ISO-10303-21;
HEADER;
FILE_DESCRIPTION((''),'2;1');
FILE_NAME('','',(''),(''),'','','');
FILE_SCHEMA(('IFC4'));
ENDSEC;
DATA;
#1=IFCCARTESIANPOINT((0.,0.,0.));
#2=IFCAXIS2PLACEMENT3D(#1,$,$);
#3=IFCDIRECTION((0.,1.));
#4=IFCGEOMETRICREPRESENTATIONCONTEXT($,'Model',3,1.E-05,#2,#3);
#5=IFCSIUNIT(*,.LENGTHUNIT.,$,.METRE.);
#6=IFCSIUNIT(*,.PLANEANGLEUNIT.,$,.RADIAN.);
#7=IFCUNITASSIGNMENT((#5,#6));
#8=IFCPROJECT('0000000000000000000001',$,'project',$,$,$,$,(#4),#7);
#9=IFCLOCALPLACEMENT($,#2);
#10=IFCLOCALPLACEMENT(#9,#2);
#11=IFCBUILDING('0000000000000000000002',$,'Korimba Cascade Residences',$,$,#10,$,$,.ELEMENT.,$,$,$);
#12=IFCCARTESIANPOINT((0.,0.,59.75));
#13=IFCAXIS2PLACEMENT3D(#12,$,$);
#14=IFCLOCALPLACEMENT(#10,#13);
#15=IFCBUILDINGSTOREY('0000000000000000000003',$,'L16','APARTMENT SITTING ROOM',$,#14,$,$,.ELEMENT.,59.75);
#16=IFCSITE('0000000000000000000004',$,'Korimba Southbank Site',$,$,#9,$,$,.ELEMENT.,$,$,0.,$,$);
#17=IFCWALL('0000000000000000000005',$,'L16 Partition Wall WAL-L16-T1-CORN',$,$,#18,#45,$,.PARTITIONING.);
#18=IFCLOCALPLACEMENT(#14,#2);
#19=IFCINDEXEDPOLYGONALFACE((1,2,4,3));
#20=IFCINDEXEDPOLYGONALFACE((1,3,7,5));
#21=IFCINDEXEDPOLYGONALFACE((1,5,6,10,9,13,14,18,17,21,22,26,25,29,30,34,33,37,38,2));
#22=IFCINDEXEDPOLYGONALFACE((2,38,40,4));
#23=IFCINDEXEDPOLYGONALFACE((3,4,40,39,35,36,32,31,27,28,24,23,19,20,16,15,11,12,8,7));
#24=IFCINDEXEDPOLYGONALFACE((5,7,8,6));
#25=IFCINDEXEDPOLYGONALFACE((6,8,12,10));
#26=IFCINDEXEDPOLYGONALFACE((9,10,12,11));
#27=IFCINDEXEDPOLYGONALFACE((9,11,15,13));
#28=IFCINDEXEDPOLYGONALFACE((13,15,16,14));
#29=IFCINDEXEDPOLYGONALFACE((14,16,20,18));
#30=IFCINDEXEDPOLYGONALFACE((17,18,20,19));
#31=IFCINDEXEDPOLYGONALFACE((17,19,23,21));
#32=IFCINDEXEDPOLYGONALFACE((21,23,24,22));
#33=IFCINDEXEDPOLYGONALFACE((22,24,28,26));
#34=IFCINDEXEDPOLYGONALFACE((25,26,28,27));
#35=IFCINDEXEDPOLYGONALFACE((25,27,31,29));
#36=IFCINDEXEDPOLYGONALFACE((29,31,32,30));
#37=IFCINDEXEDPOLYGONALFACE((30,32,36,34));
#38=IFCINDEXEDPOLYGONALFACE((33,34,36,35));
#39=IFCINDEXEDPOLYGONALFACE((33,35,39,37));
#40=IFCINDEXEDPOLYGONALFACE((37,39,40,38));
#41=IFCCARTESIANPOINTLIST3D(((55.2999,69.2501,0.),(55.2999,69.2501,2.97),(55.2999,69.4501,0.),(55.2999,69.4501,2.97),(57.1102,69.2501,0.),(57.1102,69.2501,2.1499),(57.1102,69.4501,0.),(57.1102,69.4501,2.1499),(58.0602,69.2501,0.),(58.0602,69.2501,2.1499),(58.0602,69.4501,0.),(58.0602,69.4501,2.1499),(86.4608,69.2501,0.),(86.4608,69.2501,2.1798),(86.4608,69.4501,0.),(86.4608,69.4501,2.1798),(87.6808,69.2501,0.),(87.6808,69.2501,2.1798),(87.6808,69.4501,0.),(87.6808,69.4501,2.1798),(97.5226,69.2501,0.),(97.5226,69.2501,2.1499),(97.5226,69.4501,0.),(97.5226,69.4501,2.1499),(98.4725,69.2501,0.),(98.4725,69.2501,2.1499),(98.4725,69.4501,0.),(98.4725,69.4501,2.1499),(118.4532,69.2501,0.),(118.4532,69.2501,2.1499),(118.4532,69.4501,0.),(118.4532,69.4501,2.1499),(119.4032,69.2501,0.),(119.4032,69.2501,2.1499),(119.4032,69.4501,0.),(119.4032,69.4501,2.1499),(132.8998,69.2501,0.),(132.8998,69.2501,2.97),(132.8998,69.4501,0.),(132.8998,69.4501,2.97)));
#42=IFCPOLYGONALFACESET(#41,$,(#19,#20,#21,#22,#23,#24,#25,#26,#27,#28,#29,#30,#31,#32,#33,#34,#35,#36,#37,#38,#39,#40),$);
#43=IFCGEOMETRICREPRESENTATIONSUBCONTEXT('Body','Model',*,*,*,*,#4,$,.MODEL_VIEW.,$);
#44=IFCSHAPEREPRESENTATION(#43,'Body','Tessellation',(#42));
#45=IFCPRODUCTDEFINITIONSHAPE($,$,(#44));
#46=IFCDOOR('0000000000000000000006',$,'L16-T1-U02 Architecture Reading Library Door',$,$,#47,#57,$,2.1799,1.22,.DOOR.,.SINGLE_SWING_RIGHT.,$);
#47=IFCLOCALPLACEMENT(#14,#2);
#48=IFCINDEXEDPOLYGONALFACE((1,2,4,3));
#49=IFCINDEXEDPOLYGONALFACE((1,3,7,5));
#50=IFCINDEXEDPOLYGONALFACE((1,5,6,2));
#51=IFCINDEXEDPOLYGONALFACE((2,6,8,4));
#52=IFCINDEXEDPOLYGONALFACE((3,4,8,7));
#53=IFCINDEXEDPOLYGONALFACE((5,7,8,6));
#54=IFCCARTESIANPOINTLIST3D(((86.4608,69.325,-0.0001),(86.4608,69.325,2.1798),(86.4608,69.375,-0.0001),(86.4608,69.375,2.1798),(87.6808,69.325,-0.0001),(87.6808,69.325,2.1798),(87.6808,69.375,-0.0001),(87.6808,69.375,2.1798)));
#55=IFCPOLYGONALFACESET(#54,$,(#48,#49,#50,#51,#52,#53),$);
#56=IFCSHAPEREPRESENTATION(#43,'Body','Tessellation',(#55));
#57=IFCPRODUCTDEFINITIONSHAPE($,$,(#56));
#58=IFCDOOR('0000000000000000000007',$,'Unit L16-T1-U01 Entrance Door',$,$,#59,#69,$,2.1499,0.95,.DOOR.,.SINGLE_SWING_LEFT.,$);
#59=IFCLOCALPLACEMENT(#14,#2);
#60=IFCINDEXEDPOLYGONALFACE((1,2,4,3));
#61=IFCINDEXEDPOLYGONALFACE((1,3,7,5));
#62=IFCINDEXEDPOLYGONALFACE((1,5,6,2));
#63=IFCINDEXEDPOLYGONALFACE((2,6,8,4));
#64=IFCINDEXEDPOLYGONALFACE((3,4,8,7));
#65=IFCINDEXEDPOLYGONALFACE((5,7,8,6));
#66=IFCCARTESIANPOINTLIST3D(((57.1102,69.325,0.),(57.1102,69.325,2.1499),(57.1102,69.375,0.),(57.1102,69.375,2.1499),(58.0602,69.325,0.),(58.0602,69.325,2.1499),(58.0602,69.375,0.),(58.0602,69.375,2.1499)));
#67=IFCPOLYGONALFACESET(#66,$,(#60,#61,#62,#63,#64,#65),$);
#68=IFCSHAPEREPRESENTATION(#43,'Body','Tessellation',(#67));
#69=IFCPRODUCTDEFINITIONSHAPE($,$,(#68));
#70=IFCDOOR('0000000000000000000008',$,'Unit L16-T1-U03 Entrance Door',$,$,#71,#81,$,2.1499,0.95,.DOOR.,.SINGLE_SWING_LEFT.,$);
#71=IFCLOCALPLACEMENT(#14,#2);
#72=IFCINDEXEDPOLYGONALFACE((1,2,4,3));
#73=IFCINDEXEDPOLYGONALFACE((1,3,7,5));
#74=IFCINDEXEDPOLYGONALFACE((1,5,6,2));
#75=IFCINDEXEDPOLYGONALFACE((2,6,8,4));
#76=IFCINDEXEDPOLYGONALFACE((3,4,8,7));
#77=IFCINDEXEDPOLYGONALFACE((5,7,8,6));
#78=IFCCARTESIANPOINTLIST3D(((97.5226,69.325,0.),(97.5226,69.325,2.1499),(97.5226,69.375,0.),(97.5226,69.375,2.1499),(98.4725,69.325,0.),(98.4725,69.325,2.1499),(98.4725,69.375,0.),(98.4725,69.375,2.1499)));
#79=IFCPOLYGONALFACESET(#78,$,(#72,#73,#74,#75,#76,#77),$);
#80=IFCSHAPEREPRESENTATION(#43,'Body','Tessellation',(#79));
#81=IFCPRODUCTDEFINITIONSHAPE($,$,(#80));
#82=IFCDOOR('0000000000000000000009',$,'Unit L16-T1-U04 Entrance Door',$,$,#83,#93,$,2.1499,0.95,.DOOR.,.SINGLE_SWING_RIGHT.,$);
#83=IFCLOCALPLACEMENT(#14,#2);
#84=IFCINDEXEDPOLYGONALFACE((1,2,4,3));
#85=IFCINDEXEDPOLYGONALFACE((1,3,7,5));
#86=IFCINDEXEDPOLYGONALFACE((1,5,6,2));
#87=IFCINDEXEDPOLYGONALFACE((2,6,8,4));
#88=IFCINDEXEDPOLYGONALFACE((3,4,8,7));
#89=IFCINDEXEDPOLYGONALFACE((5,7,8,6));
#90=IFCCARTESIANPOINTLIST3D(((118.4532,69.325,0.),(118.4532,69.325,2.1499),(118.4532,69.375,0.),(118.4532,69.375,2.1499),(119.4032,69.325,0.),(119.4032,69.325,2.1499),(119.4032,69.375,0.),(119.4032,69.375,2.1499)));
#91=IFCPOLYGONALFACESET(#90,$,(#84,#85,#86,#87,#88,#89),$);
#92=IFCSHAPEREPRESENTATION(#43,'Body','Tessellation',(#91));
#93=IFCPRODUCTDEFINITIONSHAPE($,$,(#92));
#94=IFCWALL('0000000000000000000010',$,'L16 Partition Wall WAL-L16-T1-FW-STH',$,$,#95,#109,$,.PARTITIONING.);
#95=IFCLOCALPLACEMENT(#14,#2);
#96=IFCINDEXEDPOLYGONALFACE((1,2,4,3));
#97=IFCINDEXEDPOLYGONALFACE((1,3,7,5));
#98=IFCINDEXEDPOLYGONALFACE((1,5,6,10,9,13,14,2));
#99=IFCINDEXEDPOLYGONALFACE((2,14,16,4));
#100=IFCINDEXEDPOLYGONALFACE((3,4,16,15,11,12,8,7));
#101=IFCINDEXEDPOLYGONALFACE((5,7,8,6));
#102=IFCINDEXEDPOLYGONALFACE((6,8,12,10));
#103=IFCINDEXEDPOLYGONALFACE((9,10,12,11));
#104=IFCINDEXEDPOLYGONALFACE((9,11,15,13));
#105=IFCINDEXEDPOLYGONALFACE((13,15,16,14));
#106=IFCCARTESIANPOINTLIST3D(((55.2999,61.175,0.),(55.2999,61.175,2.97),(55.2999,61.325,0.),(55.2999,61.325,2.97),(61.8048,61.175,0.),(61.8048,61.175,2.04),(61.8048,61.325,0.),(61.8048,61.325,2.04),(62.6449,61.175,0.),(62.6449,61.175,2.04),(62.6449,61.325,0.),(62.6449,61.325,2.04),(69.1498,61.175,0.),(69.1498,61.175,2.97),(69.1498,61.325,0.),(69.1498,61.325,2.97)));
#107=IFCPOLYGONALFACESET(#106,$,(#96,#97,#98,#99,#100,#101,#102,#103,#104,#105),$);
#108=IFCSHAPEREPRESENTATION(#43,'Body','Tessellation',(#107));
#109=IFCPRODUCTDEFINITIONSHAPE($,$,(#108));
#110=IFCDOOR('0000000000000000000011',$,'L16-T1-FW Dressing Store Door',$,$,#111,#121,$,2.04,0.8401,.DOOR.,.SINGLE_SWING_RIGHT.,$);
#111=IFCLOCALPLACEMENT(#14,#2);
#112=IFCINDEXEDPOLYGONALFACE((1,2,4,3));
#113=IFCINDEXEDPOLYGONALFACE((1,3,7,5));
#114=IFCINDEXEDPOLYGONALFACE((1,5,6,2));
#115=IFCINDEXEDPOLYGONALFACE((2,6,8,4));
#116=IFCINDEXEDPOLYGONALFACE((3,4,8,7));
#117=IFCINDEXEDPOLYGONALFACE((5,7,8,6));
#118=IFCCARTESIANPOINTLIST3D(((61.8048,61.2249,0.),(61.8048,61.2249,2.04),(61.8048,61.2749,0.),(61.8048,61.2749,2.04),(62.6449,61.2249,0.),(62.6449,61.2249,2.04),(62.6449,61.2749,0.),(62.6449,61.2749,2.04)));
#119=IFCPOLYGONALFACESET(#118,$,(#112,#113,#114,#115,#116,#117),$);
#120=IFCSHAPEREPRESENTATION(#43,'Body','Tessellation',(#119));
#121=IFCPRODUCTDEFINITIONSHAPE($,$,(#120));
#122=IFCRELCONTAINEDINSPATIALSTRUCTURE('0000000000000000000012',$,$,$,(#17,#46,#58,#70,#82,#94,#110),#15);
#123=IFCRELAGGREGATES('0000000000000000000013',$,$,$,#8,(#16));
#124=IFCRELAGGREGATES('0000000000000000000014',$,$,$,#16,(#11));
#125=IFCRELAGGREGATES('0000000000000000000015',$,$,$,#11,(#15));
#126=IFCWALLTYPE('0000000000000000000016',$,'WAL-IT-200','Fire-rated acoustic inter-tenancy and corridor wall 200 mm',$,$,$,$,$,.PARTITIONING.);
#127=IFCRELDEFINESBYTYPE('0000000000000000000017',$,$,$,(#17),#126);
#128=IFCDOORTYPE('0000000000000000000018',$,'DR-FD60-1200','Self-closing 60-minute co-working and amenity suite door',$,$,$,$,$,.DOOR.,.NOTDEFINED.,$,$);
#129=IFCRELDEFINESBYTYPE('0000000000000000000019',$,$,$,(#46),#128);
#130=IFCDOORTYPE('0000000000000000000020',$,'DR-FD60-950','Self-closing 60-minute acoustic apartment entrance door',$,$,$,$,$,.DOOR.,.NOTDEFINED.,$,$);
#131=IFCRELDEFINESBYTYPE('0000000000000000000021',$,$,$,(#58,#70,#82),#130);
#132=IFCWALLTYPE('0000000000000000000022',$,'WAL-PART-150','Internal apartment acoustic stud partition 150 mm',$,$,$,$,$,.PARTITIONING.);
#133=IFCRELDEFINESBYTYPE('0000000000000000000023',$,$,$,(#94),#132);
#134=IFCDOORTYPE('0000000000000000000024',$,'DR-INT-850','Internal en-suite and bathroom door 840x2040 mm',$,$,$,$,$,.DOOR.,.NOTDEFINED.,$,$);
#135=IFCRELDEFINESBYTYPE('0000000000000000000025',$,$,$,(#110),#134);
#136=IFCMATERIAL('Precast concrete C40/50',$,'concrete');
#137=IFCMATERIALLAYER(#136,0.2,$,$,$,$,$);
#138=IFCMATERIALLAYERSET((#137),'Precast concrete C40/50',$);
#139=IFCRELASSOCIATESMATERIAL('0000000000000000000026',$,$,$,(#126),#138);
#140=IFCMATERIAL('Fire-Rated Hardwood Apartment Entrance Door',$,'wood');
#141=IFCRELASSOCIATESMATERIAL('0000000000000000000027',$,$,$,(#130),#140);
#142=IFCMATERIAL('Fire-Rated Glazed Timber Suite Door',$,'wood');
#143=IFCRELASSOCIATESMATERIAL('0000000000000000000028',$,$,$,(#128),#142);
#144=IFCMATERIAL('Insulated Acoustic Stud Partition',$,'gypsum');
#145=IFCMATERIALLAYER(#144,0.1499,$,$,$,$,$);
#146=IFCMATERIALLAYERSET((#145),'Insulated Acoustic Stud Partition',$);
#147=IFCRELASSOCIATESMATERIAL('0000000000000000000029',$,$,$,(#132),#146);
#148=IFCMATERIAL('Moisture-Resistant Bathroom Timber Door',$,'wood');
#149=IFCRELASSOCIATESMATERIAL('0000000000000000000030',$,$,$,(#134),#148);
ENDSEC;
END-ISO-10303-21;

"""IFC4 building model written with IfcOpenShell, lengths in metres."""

from ifc_helpers import new_model, si_unit, direction, frame, frame_2d, origin, place, context, subcontext, project, spatial, rectangle, extrude, material, layer, layer_set, type_object, element, fill, save


model = new_model("IFC4")

# Units and contexts
model_context = context("Model", 3, precision=1e-05, world=origin(), true_north=direction((0.0, 1.0)))
body_context = subcontext(model_context, "Body", "Model", "MODEL_VIEW")
ifc_project = project(units=[si_unit("LENGTHUNIT", "METRE"), si_unit("PLANEANGLEUNIT", "RADIAN")], contexts=[model_context])

# Site, building, storey
site_placement = place(None, origin())
site = spatial("IfcSite", under=ifc_project, at=site_placement, Name="Korimba Southbank Site", CompositionType="ELEMENT", RefElevation=0.0)
building_placement = place(site_placement, origin())
building = spatial("IfcBuilding", under=site, at=building_placement, Name="Korimba Cascade Residences", CompositionType="ELEMENT")
storey_placement = place(building_placement, frame((0.0, 0.0, 59.75)))
storey = spatial("IfcBuildingStorey", under=building, at=storey_placement, Name="L16", Description="APARTMENT SITTING ROOM", CompositionType="ELEMENT", Elevation=59.75)

# Shared definitions
ifc_material_1 = material(Name="Precast concrete C40/50", Category="concrete")
ifc_layer_1 = layer(ifc_material_1, 0.2)
ifc_layer_set_1 = layer_set([ifc_layer_1], Name="Precast concrete C40/50")
wall_type_1 = type_object("IfcWallType", Name="WAL-IT-200", Description="Fire-rated acoustic inter-tenancy and corridor wall 200 mm", PredefinedType="PARTITIONING", material=ifc_layer_set_1)
ifc_material_2 = material(Name="Fire-Rated Hardwood Apartment Entrance Door", Category="wood")
door_type_1 = type_object("IfcDoorType", Name="DR-FD60-950", Description="Self-closing 60-minute acoustic apartment entrance door", OperationType="NOTDEFINED", PredefinedType="DOOR", material=ifc_material_2)

# Wall, openings, doors
wall_1_placement = place(storey_placement, frame((55.3, 69.3501, 0.0), z_axis=(0.0, 0.0, 1.0), x_axis=(1.0, 0.0, 0.0)))
wall_1 = element("IfcWall", 1, at=wall_1_placement, inside=storey, type_object=wall_type_1, Name="L16 Partition Wall WAL-L16-T1-CORN", PredefinedType="PARTITIONING", context=body_context, shape_type="SweptSolid", body=[
    extrude(rectangle(XDim=77.5999, YDim=0.2, at=frame_2d((38.7998, 0.0))), origin(), (0.0, 0.0, 1.0), 2.97),
])
opening_1_placement = place(wall_1_placement, frame((1.8101, 0.0, 0.0)))
opening_1 = element("IfcOpeningElement", 2, at=opening_1_placement, cuts=wall_1, PredefinedType="OPENING", context=body_context, shape_type="SweptSolid", body=[
    extrude(rectangle(XDim=0.95, YDim=2.1499, at=frame_2d((0.4751, 1.075))), frame((0.0, 0.1099, 0.0), z_axis=(0.0, -1.0, 0.0), x_axis=(1.0, 0.0, 0.0)), (0.0, 0.0, 1.0), 0.22),
])
opening_2_placement = place(wall_1_placement, frame((31.1609, 0.0, 0.0)))
opening_2 = element("IfcOpeningElement", 3, at=opening_2_placement, cuts=wall_1, PredefinedType="OPENING", context=body_context, shape_type="SweptSolid", body=[
    extrude(rectangle(XDim=1.22, YDim=2.1799, at=frame_2d((0.6099, 1.0898))), frame((0.0, 0.1099, 0.0), z_axis=(0.0, -1.0, 0.0), x_axis=(1.0, 0.0, 0.0)), (0.0, 0.0, 1.0), 0.22),
])
opening_3_placement = place(wall_1_placement, frame((42.2224, 0.0, 0.0)))
opening_3 = element("IfcOpeningElement", 4, at=opening_3_placement, cuts=wall_1, PredefinedType="OPENING", context=body_context, shape_type="SweptSolid", body=[
    extrude(rectangle(XDim=0.95, YDim=2.1499, at=frame_2d((0.4751, 1.075))), frame((0.0, 0.1099, 0.0), z_axis=(0.0, -1.0, 0.0), x_axis=(1.0, 0.0, 0.0)), (0.0, 0.0, 1.0), 0.22),
])
opening_4_placement = place(wall_1_placement, frame((63.1531, 0.0, 0.0)))
opening_4 = element("IfcOpeningElement", 5, at=opening_4_placement, cuts=wall_1, PredefinedType="OPENING", context=body_context, shape_type="SweptSolid", body=[
    extrude(rectangle(XDim=0.95, YDim=2.1499, at=frame_2d((0.4751, 1.075))), frame((0.0, 0.1099, 0.0), z_axis=(0.0, -1.0, 0.0), x_axis=(1.0, 0.0, 0.0)), (0.0, 0.0, 1.0), 0.22),
])
ifc_material_3 = material(Name="Fire-Rated Glazed Timber Suite Door", Category="wood")
door_type_2 = type_object("IfcDoorType", Name="DR-FD60-1200", Description="Self-closing 60-minute co-working and amenity suite door", OperationType="NOTDEFINED", PredefinedType="DOOR", material=ifc_material_3)
door_1_placement = place(opening_2_placement, origin())
door_1 = element("IfcDoor", 6, at=door_1_placement, inside=storey, type_object=door_type_2, Name="L16-T1-U02 Architecture Reading Library Door", OperationType="SINGLE_SWING_RIGHT", OverallHeight=2.1799, OverallWidth=1.22, PredefinedType="DOOR", context=body_context, shape_type="SweptSolid", body=[
    extrude(rectangle(XDim=1.22, YDim=2.1799, at=frame_2d((0.6099, 1.0898))), frame((0.0, 0.0249, 0.0), z_axis=(0.0, -1.0, 0.0), x_axis=(1.0, 0.0, 0.0)), (0.0, 0.0, 1.0), 0.05),
])
fill(opening_2, door_1)
door_2_placement = place(opening_1_placement, origin())
door_2 = element("IfcDoor", 7, at=door_2_placement, inside=storey, type_object=door_type_1, Name="Unit L16-T1-U01 Entrance Door", OperationType="SINGLE_SWING_LEFT", OverallHeight=2.1499, OverallWidth=0.95, PredefinedType="DOOR", context=body_context, shape_type="SweptSolid", body=[
    extrude(rectangle(XDim=0.95, YDim=2.1499, at=frame_2d((0.4751, 1.075))), frame((0.0, 0.0249, 0.0), z_axis=(0.0, -1.0, 0.0), x_axis=(1.0, 0.0, 0.0)), (0.0, 0.0, 1.0), 0.05),
])
fill(opening_1, door_2)
door_3_placement = place(opening_3_placement, origin())
door_3 = element("IfcDoor", 8, at=door_3_placement, inside=storey, type_object=door_type_1, Name="Unit L16-T1-U03 Entrance Door", OperationType="SINGLE_SWING_LEFT", OverallHeight=2.1499, OverallWidth=0.95, PredefinedType="DOOR", context=body_context, shape_type="SweptSolid", body=[
    extrude(rectangle(XDim=0.95, YDim=2.1499, at=frame_2d((0.4751, 1.075))), frame((0.0, 0.0249, 0.0), z_axis=(0.0, -1.0, 0.0), x_axis=(1.0, 0.0, 0.0)), (0.0, 0.0, 1.0), 0.05),
])
fill(opening_3, door_3)
door_4_placement = place(opening_4_placement, origin())
door_4 = element("IfcDoor", 9, at=door_4_placement, inside=storey, type_object=door_type_1, Name="Unit L16-T1-U04 Entrance Door", OperationType="SINGLE_SWING_RIGHT", OverallHeight=2.1499, OverallWidth=0.95, PredefinedType="DOOR", context=body_context, shape_type="SweptSolid", body=[
    extrude(rectangle(XDim=0.95, YDim=2.1499, at=frame_2d((0.4751, 1.075))), frame((0.0, 0.0249, 0.0), z_axis=(0.0, -1.0, 0.0), x_axis=(1.0, 0.0, 0.0)), (0.0, 0.0, 1.0), 0.05),
])
fill(opening_4, door_4)

# Wall, opening, door
ifc_material_4 = material(Name="Insulated Acoustic Stud Partition", Category="gypsum")
ifc_layer_2 = layer(ifc_material_4, 0.1499)
ifc_layer_set_2 = layer_set([ifc_layer_2], Name="Insulated Acoustic Stud Partition")
wall_type_2 = type_object("IfcWallType", Name="WAL-PART-150", Description="Internal apartment acoustic stud partition 150 mm", PredefinedType="PARTITIONING", material=ifc_layer_set_2)
wall_2_placement = place(storey_placement, frame((55.3, 61.25, 0.0), z_axis=(0.0, 0.0, 1.0), x_axis=(1.0, 0.0, 0.0)))
wall_2 = element("IfcWall", 10, at=wall_2_placement, inside=storey, type_object=wall_type_2, Name="L16 Partition Wall WAL-L16-T1-FW-STH", PredefinedType="PARTITIONING", context=body_context, shape_type="SweptSolid", body=[
    extrude(rectangle(XDim=13.8499, YDim=0.1499, at=frame_2d((6.9248, 0.0))), origin(), (0.0, 0.0, 1.0), 2.97),
])
opening_5_placement = place(wall_2_placement, frame((6.5049, 0.0, 0.0)))
opening_5 = element("IfcOpeningElement", 11, at=opening_5_placement, cuts=wall_2, PredefinedType="OPENING", context=body_context, shape_type="SweptSolid", body=[
    extrude(rectangle(XDim=0.8401, YDim=2.04, at=frame_2d((0.4199, 1.02))), frame((0.0, 0.085, 0.0), z_axis=(0.0, -1.0, 0.0), x_axis=(1.0, 0.0, 0.0)), (0.0, 0.0, 1.0), 0.1699),
])
ifc_material_5 = material(Name="Moisture-Resistant Bathroom Timber Door", Category="wood")
door_type_3 = type_object("IfcDoorType", Name="DR-INT-850", Description="Internal en-suite and bathroom door 840x2040 mm", OperationType="NOTDEFINED", PredefinedType="DOOR", material=ifc_material_5)
door_5_placement = place(opening_5_placement, origin())
door_5 = element("IfcDoor", 12, at=door_5_placement, inside=storey, type_object=door_type_3, Name="L16-T1-FW Dressing Store Door", OperationType="SINGLE_SWING_RIGHT", OverallHeight=2.04, OverallWidth=0.8401, PredefinedType="DOOR", context=body_context, shape_type="SweptSolid", body=[
    extrude(rectangle(XDim=0.8401, YDim=2.04, at=frame_2d((0.4199, 1.02))), frame((0.0, 0.0249, 0.0), z_axis=(0.0, -1.0, 0.0), x_axis=(1.0, 0.0, 0.0)), (0.0, 0.0, 1.0), 0.05),
])
fill(opening_5, door_5)

save(model, "model.ifc")
